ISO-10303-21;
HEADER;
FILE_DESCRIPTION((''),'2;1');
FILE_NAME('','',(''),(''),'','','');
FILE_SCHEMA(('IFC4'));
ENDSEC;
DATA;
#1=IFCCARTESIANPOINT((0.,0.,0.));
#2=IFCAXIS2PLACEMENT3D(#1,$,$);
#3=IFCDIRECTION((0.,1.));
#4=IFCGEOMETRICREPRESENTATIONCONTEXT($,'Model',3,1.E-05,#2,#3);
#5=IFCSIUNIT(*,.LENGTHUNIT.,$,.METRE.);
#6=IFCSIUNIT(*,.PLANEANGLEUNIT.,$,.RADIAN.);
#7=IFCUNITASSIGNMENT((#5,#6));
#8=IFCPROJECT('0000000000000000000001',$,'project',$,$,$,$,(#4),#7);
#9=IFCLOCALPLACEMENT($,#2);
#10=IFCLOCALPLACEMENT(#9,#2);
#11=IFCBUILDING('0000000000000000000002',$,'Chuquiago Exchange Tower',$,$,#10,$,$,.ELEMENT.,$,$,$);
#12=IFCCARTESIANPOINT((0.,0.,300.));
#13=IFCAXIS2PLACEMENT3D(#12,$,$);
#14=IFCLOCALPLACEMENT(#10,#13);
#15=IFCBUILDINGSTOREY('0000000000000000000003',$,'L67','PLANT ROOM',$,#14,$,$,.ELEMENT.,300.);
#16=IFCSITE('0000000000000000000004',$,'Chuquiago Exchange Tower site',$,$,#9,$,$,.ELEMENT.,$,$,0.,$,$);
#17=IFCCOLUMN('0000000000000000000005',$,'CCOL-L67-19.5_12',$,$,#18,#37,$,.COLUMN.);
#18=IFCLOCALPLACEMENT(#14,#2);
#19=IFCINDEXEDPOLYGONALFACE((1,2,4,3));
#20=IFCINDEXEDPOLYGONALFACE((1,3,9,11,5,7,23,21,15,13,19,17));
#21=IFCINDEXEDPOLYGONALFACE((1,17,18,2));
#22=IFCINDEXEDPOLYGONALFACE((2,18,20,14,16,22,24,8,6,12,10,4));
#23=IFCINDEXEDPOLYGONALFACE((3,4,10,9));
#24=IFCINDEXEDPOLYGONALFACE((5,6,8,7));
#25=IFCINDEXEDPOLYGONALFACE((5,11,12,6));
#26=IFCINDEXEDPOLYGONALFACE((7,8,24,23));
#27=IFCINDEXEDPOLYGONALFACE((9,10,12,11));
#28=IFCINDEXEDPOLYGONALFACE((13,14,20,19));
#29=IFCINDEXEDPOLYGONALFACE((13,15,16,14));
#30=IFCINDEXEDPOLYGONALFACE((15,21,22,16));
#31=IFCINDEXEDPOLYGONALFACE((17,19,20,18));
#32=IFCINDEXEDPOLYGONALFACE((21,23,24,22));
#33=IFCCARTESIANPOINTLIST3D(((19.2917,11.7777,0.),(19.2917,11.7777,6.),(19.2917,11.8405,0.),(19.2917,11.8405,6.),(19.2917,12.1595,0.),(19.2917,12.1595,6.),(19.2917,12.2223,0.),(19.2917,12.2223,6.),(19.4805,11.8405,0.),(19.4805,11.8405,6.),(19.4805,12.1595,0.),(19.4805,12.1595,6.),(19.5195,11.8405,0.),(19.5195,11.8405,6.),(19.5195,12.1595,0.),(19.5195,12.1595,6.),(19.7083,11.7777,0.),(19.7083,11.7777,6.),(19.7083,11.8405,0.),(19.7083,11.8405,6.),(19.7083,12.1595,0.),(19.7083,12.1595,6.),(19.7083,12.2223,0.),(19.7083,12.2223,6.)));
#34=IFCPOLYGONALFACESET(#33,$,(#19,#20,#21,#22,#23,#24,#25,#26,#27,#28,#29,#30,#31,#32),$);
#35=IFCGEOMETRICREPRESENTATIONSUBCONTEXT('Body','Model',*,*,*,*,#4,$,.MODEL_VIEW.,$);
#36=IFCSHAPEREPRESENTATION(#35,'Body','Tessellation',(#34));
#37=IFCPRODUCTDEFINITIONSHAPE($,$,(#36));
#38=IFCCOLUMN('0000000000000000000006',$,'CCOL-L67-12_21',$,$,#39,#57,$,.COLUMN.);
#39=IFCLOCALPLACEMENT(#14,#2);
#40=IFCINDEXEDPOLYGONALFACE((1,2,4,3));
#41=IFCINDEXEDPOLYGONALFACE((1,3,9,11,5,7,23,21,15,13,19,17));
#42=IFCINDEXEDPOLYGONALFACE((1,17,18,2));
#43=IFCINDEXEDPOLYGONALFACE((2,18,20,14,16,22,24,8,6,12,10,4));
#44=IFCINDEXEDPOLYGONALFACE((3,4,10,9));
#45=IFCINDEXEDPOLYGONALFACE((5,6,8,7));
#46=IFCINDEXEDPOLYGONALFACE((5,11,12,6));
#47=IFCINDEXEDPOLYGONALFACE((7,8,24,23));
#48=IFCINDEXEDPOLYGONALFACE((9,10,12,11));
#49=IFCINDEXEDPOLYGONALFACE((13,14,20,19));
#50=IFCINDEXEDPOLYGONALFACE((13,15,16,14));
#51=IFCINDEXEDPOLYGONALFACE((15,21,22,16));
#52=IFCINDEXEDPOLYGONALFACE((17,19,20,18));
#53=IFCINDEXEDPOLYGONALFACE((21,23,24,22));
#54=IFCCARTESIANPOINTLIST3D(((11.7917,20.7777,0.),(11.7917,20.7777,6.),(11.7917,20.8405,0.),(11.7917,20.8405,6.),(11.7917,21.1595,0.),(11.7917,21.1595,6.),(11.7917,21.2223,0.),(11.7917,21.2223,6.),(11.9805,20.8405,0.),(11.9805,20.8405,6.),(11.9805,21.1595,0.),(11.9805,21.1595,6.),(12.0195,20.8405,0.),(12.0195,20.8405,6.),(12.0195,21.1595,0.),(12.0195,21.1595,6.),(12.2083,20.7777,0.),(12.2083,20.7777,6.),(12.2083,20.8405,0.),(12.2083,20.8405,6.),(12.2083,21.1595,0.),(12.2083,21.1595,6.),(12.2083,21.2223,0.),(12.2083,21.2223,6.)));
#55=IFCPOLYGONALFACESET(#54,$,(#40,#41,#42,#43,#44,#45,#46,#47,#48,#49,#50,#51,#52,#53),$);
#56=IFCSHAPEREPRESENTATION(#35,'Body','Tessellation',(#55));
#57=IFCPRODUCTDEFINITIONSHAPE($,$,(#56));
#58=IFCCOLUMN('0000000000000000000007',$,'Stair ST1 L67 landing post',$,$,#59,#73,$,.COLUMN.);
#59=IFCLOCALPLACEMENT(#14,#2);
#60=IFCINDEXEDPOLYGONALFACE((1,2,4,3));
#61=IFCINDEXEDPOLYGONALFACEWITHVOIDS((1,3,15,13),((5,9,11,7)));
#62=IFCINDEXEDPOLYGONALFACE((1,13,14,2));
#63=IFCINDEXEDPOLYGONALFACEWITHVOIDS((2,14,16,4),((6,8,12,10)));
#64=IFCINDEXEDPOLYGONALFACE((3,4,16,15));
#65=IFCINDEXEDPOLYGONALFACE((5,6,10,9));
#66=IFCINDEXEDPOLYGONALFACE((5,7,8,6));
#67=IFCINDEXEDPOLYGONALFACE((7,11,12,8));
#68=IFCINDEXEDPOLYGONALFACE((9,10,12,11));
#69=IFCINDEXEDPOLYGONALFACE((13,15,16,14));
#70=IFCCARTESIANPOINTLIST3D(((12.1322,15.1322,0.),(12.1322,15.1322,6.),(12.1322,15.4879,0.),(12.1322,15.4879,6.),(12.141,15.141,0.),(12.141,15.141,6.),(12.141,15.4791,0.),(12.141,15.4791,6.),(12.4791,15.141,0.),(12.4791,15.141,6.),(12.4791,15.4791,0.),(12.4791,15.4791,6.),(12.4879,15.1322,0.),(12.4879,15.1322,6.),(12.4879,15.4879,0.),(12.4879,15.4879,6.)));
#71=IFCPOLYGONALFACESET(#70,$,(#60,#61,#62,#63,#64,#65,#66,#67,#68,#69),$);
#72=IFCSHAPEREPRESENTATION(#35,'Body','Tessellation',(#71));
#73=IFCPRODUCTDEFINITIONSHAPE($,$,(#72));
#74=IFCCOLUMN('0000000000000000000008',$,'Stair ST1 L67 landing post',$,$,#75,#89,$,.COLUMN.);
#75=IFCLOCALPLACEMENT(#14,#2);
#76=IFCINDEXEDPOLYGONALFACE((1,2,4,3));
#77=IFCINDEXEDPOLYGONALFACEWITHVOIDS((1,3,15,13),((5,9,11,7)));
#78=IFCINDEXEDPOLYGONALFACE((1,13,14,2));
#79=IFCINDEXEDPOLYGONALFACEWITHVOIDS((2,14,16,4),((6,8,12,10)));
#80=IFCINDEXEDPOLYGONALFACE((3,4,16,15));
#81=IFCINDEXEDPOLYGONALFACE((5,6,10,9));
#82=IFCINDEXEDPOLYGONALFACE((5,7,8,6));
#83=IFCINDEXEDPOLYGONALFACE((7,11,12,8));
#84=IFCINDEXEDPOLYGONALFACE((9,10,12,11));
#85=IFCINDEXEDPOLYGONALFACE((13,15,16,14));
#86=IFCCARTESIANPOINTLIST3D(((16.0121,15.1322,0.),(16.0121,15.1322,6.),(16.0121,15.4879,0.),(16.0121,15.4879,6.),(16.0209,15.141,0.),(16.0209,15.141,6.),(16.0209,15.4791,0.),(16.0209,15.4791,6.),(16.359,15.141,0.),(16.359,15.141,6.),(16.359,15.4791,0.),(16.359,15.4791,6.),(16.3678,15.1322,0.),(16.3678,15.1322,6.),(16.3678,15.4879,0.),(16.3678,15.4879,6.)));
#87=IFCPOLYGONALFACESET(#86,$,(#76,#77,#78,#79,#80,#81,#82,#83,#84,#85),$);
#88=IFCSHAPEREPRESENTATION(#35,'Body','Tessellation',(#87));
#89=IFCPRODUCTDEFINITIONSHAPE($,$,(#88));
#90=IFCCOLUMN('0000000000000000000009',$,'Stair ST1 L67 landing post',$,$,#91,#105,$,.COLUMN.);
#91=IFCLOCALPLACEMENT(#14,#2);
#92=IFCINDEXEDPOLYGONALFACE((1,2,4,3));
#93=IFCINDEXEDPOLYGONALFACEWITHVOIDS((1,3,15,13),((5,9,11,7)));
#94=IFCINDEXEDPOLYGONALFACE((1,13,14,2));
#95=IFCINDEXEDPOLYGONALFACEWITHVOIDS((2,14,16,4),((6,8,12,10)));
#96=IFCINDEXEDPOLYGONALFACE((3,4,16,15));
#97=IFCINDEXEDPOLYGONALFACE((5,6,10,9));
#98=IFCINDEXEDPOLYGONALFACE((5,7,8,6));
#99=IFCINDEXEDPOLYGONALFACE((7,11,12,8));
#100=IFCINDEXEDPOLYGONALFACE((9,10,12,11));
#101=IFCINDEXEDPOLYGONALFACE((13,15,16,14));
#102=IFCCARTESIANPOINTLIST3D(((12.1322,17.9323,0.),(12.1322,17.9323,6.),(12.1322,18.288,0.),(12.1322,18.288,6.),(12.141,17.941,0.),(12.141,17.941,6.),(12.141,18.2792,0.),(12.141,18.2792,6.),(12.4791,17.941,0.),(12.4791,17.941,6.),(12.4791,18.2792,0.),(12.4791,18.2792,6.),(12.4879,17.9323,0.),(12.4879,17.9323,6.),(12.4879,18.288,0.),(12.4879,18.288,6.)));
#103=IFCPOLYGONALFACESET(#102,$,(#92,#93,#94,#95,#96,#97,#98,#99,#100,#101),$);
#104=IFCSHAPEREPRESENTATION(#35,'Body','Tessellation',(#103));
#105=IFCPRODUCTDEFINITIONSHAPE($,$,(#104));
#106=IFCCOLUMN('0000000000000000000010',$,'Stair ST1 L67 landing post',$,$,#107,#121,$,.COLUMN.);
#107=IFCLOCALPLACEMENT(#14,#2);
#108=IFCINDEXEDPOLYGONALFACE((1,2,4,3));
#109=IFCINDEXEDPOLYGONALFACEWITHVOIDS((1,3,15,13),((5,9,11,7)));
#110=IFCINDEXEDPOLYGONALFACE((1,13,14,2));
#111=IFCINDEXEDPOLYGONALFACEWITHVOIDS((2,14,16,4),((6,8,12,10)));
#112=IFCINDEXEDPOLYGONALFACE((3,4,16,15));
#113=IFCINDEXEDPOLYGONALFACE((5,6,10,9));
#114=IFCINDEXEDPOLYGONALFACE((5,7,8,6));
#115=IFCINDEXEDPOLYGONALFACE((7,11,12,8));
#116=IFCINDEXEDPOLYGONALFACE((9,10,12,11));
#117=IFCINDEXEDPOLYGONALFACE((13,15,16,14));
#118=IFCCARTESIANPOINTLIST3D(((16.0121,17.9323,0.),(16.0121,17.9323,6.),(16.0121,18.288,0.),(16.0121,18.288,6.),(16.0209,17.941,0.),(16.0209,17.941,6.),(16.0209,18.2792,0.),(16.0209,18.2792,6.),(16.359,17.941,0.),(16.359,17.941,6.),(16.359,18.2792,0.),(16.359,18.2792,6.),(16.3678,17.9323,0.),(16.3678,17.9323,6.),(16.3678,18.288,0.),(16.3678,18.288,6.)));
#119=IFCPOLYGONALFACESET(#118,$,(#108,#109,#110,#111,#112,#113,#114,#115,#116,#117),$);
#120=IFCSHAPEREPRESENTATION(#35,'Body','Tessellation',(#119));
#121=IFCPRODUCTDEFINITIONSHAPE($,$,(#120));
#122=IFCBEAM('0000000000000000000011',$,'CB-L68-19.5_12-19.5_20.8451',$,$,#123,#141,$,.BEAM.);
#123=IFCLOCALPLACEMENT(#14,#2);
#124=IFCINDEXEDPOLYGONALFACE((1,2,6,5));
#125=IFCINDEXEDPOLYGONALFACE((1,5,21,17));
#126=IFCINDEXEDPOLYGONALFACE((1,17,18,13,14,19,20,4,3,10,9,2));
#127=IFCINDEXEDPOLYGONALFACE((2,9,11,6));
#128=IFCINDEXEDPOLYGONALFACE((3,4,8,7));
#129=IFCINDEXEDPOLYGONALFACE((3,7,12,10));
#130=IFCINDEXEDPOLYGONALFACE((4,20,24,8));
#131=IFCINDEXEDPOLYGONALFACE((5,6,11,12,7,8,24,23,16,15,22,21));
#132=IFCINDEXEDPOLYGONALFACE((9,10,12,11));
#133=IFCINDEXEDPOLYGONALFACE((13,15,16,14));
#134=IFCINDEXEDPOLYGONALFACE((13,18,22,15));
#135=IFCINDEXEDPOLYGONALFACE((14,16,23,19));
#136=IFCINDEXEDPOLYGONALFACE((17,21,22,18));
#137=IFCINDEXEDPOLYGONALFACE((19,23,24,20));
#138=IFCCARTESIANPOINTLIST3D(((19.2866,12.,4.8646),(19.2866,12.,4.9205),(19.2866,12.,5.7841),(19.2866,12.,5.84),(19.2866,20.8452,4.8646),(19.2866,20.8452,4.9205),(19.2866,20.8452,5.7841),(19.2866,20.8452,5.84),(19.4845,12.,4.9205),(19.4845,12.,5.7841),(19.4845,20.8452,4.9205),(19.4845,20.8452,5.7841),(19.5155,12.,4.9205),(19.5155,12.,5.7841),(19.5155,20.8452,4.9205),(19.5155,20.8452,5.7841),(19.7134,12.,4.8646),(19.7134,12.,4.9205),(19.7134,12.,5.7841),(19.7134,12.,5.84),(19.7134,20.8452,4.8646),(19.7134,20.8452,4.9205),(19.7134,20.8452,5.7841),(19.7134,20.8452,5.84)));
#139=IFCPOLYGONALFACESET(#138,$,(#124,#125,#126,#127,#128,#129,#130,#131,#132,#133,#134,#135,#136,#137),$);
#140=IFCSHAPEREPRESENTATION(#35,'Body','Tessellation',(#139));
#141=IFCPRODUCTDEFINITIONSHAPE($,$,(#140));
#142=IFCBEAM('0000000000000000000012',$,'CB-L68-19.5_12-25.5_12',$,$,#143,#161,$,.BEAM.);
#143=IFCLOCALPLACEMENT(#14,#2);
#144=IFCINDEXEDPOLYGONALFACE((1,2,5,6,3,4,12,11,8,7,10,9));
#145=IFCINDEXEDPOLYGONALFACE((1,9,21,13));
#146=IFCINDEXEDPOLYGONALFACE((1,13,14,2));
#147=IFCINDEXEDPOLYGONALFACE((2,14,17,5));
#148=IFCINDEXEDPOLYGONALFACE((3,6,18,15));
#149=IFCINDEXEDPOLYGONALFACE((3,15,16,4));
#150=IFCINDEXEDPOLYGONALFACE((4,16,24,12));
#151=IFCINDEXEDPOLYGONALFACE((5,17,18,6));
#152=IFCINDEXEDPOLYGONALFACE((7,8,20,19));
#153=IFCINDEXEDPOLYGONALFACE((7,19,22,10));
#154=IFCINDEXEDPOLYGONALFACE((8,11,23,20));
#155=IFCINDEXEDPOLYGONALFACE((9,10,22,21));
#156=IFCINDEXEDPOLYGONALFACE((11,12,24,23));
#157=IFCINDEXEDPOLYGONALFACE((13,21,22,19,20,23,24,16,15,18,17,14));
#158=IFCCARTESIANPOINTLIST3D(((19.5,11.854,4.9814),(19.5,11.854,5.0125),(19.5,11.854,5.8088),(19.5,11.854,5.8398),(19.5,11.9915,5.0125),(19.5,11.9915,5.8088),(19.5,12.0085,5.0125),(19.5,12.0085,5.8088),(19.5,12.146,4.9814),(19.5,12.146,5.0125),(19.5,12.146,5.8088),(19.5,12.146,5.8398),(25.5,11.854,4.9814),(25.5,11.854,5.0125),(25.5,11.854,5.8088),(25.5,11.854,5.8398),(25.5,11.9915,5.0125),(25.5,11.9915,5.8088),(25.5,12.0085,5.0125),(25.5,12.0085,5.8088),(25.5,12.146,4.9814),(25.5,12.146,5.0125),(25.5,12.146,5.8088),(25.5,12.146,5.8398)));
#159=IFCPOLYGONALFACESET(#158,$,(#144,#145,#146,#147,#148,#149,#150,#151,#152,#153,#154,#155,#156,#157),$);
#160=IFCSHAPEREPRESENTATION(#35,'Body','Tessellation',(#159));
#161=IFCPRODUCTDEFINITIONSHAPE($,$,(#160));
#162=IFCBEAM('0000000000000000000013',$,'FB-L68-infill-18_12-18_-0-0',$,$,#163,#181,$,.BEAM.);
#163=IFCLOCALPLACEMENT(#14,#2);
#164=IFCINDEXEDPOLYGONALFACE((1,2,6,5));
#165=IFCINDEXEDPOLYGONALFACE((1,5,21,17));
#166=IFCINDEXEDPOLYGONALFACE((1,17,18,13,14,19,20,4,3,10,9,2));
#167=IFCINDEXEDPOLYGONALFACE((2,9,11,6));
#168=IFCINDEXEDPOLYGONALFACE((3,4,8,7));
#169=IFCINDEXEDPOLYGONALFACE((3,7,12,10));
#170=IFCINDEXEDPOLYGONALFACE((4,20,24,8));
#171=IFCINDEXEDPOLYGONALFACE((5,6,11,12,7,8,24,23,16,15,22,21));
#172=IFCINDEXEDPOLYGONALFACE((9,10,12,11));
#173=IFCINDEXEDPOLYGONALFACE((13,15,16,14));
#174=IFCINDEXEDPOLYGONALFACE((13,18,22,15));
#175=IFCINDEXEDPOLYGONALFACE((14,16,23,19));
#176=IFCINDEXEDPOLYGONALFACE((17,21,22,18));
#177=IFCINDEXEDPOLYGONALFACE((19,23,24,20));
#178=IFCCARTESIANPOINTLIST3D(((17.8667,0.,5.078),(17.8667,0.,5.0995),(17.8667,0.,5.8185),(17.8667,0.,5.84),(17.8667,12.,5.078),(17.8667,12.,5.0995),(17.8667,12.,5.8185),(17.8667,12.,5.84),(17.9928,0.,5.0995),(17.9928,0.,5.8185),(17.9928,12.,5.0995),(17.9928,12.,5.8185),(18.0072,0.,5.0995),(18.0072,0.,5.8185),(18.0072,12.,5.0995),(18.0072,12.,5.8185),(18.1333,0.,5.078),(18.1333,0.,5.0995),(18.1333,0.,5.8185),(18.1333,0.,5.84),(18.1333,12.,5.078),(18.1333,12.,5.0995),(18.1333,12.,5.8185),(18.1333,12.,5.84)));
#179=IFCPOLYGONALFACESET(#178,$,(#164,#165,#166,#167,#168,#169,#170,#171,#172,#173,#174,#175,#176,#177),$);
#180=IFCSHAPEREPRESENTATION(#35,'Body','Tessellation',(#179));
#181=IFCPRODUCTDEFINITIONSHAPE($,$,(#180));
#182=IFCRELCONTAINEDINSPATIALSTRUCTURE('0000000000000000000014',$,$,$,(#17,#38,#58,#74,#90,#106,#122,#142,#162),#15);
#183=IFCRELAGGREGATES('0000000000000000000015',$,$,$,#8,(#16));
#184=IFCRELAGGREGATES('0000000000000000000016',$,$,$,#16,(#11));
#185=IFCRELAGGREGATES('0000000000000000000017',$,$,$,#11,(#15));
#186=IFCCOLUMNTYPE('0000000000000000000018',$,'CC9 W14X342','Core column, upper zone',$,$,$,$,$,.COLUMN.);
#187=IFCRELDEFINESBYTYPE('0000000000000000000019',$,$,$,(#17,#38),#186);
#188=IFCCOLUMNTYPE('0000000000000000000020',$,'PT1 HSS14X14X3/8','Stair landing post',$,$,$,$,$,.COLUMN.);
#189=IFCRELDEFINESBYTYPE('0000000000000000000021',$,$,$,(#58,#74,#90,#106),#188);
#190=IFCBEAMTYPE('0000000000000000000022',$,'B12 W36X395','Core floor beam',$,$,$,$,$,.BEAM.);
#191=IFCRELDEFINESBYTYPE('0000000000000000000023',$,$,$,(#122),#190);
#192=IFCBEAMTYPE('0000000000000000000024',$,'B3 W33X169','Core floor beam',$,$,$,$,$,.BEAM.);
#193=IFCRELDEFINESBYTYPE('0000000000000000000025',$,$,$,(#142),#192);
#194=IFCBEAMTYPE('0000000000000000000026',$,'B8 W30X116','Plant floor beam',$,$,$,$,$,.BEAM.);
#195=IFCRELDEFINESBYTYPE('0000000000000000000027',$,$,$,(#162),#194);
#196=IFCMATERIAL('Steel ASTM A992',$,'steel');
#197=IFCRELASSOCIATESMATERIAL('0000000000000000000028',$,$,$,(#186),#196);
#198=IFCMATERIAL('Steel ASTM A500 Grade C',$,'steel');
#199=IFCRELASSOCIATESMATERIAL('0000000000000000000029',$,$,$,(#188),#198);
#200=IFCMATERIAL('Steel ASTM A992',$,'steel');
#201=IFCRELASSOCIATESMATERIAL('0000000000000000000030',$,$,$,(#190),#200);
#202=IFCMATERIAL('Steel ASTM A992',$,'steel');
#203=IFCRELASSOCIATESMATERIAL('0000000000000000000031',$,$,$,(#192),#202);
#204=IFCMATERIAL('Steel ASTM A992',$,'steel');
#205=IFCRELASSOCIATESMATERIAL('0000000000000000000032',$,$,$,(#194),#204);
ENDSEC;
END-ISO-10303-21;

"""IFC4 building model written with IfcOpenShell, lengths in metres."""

from ifc_helpers import new_model, si_unit, direction, frame, origin, origin_2d, place, context, subcontext, project, spatial, hollow_rectangle, i_section, extrude, material, material_profile, profile_set, type_object, element, save


model = new_model("IFC4")

# Units and contexts
model_context = context("Model", 3, precision=1e-05, world=origin(), true_north=direction((0.0, 1.0)))
body_context = subcontext(model_context, "Body", "Model", "MODEL_VIEW")
ifc_project = project(units=[si_unit("LENGTHUNIT", "METRE"), si_unit("PLANEANGLEUNIT", "RADIAN")], contexts=[model_context])

# Site, building, storey
site_placement = place(None, origin())
site = spatial("IfcSite", under=ifc_project, at=site_placement, Name="Chuquiago Exchange Tower site", CompositionType="ELEMENT", RefElevation=0.0)
building_placement = place(site_placement, origin())
building = spatial("IfcBuilding", under=site, at=building_placement, Name="Chuquiago Exchange Tower", CompositionType="ELEMENT")
storey_placement = place(building_placement, frame((0.0, 0.0, 300.0)))
storey = spatial("IfcBuildingStorey", under=building, at=storey_placement, Name="L67", Description="PLANT ROOM", CompositionType="ELEMENT", Elevation=300.0)

# Columns
ifc_material_1 = material(Name="Steel ASTM A992", Category="steel")
ifc_material_profile_1 = material_profile(ifc_material_1, i_section(OverallWidth=0.4165, OverallDepth=0.4446, WebThickness=0.0391, FlangeThickness=0.0627, at=origin_2d()), Name="W14X342")
ifc_profile_set_1 = profile_set([ifc_material_profile_1], Name="Steel ASTM A992")
column_type_1 = type_object("IfcColumnType", Name="CC9 W14X342", Description="Core column, upper zone", PredefinedType="COLUMN", material=ifc_profile_set_1)
for number, where, z_axis, x_axis, name in (
    (1, (19.5, 12.0, 0.0), (0.0, 0.0, 1.0), (1.0, 0.0, 0.0), "CCOL-L67-19.5_12"),
    (2, (12.0, 21.0, 0.0), (0.0, 0.0, 1.0), (1.0, 0.0, 0.0), "CCOL-L67-12_21"),
):
    element("IfcColumn", number, at=place(storey_placement, frame(where, z_axis=z_axis, x_axis=x_axis)), inside=storey, type_object=column_type_1, Name=name, PredefinedType="COLUMN", context=body_context, shape_type="SweptSolid", body=[
        extrude(i_section(OverallWidth=0.4165, OverallDepth=0.4446, WebThickness=0.0391, FlangeThickness=0.0627, at=origin_2d()), origin(), (0.0, 0.0, 1.0), 6.0),
    ])
ifc_material_2 = material(Name="Steel ASTM A500 Grade C", Category="steel")
ifc_material_profile_2 = material_profile(ifc_material_2, hollow_rectangle(XDim=0.3557, YDim=0.3557, WallThickness=0.0088, at=origin_2d()), Name="HSS14X14X3/8")
ifc_profile_set_2 = profile_set([ifc_material_profile_2], Name="Steel ASTM A500 Grade C")
column_type_2 = type_object("IfcColumnType", Name="PT1 HSS14X14X3/8", Description="Stair landing post", PredefinedType="COLUMN", material=ifc_profile_set_2)
for number, where, z_axis, x_axis, name in (
    (3, (12.3101, 15.3101, 0.0), (0.0, 0.0, 1.0), (1.0, 0.0, 0.0), "Stair ST1 L67 landing post"),
    (4, (16.1899, 15.3101, 0.0), (0.0, 0.0, 1.0), (1.0, 0.0, 0.0), "Stair ST1 L67 landing post"),
    (5, (12.3101, 18.1101, 0.0), (0.0, 0.0, 1.0), (1.0, 0.0, 0.0), "Stair ST1 L67 landing post"),
    (6, (16.1899, 18.1101, 0.0), (0.0, 0.0, 1.0), (1.0, 0.0, 0.0), "Stair ST1 L67 landing post"),
):
    element("IfcColumn", number, at=place(storey_placement, frame(where, z_axis=z_axis, x_axis=x_axis)), inside=storey, type_object=column_type_2, Name=name, PredefinedType="COLUMN", context=body_context, shape_type="SweptSolid", body=[
        extrude(hollow_rectangle(XDim=0.3557, YDim=0.3557, WallThickness=0.0088, at=origin_2d()), origin(), (0.0, 0.0, 1.0), 6.0),
    ])

# Beams
ifc_material_3 = material(Name="Steel ASTM A992", Category="steel")
ifc_material_profile_3 = material_profile(ifc_material_3, i_section(OverallWidth=0.4268, OverallDepth=0.9753, WebThickness=0.031, FlangeThickness=0.0559, at=origin_2d()), Name="W36X395")
ifc_profile_set_3 = profile_set([ifc_material_profile_3], Name="Steel ASTM A992")
beam_type_1 = type_object("IfcBeamType", Name="B12 W36X395", Description="Core floor beam", PredefinedType="BEAM", material=ifc_profile_set_3)
beam_1_placement = place(storey_placement, frame((19.5, 12.0, 5.3523), z_axis=(0.0, 1.0, 0.0), x_axis=(-1.0, 0.0, 0.0)))
element("IfcBeam", 7, at=beam_1_placement, inside=storey, type_object=beam_type_1, Name="CB-L68-19.5_12-19.5_20.8451", PredefinedType="BEAM", context=body_context, shape_type="SweptSolid", body=[
    extrude(i_section(OverallWidth=0.4268, OverallDepth=0.9753, WebThickness=0.031, FlangeThickness=0.0559, at=origin_2d()), origin(), (0.0, 0.0, 1.0), 8.8452),
])
ifc_material_4 = material(Name="Steel ASTM A992", Category="steel")
ifc_material_profile_4 = material_profile(ifc_material_4, i_section(OverallWidth=0.292, OverallDepth=0.8584, WebThickness=0.0171, FlangeThickness=0.031, at=origin_2d()), Name="W33X169")
ifc_profile_set_4 = profile_set([ifc_material_profile_4], Name="Steel ASTM A992")
beam_type_2 = type_object("IfcBeamType", Name="B3 W33X169", Description="Core floor beam", PredefinedType="BEAM", material=ifc_profile_set_4)
beam_2_placement = place(storey_placement, frame((19.5, 12.0, 5.4106), z_axis=(1.0, 0.0, 0.0), x_axis=(0.0, 1.0, 0.0)))
element("IfcBeam", 8, at=beam_2_placement, inside=storey, type_object=beam_type_2, Name="CB-L68-19.5_12-25.5_12", PredefinedType="BEAM", context=body_context, shape_type="SweptSolid", body=[
    extrude(i_section(OverallWidth=0.292, OverallDepth=0.8584, WebThickness=0.0171, FlangeThickness=0.031, at=origin_2d()), origin(), (0.0, 0.0, 1.0), 6.0),
])
ifc_material_5 = material(Name="Steel ASTM A992", Category="steel")
ifc_material_profile_5 = material_profile(ifc_material_5, i_section(OverallWidth=0.2666, OverallDepth=0.762, WebThickness=0.0144, FlangeThickness=0.0215, at=origin_2d()), Name="W30X116")
ifc_profile_set_5 = profile_set([ifc_material_profile_5], Name="Steel ASTM A992")
beam_type_3 = type_object("IfcBeamType", Name="B8 W30X116", Description="Plant floor beam", PredefinedType="BEAM", material=ifc_profile_set_5)
for number, where, z_axis, x_axis, name in (
    (9, (18.0, 12.0, 5.459), (0.0, -1.0, 0.0), (1.0, 0.0, 0.0), "FB-L68-infill-18_12-18_-0-0"),
):
    element("IfcBeam", number, at=place(storey_placement, frame(where, z_axis=z_axis, x_axis=x_axis)), inside=storey, type_object=beam_type_3, Name=name, PredefinedType="BEAM", context=body_context, shape_type="SweptSolid", body=[
        extrude(i_section(OverallWidth=0.2666, OverallDepth=0.762, WebThickness=0.0144, FlangeThickness=0.0215, at=origin_2d()), origin(), (0.0, 0.0, 1.0), 12.0),
    ])

save(model, "model.ifc")
